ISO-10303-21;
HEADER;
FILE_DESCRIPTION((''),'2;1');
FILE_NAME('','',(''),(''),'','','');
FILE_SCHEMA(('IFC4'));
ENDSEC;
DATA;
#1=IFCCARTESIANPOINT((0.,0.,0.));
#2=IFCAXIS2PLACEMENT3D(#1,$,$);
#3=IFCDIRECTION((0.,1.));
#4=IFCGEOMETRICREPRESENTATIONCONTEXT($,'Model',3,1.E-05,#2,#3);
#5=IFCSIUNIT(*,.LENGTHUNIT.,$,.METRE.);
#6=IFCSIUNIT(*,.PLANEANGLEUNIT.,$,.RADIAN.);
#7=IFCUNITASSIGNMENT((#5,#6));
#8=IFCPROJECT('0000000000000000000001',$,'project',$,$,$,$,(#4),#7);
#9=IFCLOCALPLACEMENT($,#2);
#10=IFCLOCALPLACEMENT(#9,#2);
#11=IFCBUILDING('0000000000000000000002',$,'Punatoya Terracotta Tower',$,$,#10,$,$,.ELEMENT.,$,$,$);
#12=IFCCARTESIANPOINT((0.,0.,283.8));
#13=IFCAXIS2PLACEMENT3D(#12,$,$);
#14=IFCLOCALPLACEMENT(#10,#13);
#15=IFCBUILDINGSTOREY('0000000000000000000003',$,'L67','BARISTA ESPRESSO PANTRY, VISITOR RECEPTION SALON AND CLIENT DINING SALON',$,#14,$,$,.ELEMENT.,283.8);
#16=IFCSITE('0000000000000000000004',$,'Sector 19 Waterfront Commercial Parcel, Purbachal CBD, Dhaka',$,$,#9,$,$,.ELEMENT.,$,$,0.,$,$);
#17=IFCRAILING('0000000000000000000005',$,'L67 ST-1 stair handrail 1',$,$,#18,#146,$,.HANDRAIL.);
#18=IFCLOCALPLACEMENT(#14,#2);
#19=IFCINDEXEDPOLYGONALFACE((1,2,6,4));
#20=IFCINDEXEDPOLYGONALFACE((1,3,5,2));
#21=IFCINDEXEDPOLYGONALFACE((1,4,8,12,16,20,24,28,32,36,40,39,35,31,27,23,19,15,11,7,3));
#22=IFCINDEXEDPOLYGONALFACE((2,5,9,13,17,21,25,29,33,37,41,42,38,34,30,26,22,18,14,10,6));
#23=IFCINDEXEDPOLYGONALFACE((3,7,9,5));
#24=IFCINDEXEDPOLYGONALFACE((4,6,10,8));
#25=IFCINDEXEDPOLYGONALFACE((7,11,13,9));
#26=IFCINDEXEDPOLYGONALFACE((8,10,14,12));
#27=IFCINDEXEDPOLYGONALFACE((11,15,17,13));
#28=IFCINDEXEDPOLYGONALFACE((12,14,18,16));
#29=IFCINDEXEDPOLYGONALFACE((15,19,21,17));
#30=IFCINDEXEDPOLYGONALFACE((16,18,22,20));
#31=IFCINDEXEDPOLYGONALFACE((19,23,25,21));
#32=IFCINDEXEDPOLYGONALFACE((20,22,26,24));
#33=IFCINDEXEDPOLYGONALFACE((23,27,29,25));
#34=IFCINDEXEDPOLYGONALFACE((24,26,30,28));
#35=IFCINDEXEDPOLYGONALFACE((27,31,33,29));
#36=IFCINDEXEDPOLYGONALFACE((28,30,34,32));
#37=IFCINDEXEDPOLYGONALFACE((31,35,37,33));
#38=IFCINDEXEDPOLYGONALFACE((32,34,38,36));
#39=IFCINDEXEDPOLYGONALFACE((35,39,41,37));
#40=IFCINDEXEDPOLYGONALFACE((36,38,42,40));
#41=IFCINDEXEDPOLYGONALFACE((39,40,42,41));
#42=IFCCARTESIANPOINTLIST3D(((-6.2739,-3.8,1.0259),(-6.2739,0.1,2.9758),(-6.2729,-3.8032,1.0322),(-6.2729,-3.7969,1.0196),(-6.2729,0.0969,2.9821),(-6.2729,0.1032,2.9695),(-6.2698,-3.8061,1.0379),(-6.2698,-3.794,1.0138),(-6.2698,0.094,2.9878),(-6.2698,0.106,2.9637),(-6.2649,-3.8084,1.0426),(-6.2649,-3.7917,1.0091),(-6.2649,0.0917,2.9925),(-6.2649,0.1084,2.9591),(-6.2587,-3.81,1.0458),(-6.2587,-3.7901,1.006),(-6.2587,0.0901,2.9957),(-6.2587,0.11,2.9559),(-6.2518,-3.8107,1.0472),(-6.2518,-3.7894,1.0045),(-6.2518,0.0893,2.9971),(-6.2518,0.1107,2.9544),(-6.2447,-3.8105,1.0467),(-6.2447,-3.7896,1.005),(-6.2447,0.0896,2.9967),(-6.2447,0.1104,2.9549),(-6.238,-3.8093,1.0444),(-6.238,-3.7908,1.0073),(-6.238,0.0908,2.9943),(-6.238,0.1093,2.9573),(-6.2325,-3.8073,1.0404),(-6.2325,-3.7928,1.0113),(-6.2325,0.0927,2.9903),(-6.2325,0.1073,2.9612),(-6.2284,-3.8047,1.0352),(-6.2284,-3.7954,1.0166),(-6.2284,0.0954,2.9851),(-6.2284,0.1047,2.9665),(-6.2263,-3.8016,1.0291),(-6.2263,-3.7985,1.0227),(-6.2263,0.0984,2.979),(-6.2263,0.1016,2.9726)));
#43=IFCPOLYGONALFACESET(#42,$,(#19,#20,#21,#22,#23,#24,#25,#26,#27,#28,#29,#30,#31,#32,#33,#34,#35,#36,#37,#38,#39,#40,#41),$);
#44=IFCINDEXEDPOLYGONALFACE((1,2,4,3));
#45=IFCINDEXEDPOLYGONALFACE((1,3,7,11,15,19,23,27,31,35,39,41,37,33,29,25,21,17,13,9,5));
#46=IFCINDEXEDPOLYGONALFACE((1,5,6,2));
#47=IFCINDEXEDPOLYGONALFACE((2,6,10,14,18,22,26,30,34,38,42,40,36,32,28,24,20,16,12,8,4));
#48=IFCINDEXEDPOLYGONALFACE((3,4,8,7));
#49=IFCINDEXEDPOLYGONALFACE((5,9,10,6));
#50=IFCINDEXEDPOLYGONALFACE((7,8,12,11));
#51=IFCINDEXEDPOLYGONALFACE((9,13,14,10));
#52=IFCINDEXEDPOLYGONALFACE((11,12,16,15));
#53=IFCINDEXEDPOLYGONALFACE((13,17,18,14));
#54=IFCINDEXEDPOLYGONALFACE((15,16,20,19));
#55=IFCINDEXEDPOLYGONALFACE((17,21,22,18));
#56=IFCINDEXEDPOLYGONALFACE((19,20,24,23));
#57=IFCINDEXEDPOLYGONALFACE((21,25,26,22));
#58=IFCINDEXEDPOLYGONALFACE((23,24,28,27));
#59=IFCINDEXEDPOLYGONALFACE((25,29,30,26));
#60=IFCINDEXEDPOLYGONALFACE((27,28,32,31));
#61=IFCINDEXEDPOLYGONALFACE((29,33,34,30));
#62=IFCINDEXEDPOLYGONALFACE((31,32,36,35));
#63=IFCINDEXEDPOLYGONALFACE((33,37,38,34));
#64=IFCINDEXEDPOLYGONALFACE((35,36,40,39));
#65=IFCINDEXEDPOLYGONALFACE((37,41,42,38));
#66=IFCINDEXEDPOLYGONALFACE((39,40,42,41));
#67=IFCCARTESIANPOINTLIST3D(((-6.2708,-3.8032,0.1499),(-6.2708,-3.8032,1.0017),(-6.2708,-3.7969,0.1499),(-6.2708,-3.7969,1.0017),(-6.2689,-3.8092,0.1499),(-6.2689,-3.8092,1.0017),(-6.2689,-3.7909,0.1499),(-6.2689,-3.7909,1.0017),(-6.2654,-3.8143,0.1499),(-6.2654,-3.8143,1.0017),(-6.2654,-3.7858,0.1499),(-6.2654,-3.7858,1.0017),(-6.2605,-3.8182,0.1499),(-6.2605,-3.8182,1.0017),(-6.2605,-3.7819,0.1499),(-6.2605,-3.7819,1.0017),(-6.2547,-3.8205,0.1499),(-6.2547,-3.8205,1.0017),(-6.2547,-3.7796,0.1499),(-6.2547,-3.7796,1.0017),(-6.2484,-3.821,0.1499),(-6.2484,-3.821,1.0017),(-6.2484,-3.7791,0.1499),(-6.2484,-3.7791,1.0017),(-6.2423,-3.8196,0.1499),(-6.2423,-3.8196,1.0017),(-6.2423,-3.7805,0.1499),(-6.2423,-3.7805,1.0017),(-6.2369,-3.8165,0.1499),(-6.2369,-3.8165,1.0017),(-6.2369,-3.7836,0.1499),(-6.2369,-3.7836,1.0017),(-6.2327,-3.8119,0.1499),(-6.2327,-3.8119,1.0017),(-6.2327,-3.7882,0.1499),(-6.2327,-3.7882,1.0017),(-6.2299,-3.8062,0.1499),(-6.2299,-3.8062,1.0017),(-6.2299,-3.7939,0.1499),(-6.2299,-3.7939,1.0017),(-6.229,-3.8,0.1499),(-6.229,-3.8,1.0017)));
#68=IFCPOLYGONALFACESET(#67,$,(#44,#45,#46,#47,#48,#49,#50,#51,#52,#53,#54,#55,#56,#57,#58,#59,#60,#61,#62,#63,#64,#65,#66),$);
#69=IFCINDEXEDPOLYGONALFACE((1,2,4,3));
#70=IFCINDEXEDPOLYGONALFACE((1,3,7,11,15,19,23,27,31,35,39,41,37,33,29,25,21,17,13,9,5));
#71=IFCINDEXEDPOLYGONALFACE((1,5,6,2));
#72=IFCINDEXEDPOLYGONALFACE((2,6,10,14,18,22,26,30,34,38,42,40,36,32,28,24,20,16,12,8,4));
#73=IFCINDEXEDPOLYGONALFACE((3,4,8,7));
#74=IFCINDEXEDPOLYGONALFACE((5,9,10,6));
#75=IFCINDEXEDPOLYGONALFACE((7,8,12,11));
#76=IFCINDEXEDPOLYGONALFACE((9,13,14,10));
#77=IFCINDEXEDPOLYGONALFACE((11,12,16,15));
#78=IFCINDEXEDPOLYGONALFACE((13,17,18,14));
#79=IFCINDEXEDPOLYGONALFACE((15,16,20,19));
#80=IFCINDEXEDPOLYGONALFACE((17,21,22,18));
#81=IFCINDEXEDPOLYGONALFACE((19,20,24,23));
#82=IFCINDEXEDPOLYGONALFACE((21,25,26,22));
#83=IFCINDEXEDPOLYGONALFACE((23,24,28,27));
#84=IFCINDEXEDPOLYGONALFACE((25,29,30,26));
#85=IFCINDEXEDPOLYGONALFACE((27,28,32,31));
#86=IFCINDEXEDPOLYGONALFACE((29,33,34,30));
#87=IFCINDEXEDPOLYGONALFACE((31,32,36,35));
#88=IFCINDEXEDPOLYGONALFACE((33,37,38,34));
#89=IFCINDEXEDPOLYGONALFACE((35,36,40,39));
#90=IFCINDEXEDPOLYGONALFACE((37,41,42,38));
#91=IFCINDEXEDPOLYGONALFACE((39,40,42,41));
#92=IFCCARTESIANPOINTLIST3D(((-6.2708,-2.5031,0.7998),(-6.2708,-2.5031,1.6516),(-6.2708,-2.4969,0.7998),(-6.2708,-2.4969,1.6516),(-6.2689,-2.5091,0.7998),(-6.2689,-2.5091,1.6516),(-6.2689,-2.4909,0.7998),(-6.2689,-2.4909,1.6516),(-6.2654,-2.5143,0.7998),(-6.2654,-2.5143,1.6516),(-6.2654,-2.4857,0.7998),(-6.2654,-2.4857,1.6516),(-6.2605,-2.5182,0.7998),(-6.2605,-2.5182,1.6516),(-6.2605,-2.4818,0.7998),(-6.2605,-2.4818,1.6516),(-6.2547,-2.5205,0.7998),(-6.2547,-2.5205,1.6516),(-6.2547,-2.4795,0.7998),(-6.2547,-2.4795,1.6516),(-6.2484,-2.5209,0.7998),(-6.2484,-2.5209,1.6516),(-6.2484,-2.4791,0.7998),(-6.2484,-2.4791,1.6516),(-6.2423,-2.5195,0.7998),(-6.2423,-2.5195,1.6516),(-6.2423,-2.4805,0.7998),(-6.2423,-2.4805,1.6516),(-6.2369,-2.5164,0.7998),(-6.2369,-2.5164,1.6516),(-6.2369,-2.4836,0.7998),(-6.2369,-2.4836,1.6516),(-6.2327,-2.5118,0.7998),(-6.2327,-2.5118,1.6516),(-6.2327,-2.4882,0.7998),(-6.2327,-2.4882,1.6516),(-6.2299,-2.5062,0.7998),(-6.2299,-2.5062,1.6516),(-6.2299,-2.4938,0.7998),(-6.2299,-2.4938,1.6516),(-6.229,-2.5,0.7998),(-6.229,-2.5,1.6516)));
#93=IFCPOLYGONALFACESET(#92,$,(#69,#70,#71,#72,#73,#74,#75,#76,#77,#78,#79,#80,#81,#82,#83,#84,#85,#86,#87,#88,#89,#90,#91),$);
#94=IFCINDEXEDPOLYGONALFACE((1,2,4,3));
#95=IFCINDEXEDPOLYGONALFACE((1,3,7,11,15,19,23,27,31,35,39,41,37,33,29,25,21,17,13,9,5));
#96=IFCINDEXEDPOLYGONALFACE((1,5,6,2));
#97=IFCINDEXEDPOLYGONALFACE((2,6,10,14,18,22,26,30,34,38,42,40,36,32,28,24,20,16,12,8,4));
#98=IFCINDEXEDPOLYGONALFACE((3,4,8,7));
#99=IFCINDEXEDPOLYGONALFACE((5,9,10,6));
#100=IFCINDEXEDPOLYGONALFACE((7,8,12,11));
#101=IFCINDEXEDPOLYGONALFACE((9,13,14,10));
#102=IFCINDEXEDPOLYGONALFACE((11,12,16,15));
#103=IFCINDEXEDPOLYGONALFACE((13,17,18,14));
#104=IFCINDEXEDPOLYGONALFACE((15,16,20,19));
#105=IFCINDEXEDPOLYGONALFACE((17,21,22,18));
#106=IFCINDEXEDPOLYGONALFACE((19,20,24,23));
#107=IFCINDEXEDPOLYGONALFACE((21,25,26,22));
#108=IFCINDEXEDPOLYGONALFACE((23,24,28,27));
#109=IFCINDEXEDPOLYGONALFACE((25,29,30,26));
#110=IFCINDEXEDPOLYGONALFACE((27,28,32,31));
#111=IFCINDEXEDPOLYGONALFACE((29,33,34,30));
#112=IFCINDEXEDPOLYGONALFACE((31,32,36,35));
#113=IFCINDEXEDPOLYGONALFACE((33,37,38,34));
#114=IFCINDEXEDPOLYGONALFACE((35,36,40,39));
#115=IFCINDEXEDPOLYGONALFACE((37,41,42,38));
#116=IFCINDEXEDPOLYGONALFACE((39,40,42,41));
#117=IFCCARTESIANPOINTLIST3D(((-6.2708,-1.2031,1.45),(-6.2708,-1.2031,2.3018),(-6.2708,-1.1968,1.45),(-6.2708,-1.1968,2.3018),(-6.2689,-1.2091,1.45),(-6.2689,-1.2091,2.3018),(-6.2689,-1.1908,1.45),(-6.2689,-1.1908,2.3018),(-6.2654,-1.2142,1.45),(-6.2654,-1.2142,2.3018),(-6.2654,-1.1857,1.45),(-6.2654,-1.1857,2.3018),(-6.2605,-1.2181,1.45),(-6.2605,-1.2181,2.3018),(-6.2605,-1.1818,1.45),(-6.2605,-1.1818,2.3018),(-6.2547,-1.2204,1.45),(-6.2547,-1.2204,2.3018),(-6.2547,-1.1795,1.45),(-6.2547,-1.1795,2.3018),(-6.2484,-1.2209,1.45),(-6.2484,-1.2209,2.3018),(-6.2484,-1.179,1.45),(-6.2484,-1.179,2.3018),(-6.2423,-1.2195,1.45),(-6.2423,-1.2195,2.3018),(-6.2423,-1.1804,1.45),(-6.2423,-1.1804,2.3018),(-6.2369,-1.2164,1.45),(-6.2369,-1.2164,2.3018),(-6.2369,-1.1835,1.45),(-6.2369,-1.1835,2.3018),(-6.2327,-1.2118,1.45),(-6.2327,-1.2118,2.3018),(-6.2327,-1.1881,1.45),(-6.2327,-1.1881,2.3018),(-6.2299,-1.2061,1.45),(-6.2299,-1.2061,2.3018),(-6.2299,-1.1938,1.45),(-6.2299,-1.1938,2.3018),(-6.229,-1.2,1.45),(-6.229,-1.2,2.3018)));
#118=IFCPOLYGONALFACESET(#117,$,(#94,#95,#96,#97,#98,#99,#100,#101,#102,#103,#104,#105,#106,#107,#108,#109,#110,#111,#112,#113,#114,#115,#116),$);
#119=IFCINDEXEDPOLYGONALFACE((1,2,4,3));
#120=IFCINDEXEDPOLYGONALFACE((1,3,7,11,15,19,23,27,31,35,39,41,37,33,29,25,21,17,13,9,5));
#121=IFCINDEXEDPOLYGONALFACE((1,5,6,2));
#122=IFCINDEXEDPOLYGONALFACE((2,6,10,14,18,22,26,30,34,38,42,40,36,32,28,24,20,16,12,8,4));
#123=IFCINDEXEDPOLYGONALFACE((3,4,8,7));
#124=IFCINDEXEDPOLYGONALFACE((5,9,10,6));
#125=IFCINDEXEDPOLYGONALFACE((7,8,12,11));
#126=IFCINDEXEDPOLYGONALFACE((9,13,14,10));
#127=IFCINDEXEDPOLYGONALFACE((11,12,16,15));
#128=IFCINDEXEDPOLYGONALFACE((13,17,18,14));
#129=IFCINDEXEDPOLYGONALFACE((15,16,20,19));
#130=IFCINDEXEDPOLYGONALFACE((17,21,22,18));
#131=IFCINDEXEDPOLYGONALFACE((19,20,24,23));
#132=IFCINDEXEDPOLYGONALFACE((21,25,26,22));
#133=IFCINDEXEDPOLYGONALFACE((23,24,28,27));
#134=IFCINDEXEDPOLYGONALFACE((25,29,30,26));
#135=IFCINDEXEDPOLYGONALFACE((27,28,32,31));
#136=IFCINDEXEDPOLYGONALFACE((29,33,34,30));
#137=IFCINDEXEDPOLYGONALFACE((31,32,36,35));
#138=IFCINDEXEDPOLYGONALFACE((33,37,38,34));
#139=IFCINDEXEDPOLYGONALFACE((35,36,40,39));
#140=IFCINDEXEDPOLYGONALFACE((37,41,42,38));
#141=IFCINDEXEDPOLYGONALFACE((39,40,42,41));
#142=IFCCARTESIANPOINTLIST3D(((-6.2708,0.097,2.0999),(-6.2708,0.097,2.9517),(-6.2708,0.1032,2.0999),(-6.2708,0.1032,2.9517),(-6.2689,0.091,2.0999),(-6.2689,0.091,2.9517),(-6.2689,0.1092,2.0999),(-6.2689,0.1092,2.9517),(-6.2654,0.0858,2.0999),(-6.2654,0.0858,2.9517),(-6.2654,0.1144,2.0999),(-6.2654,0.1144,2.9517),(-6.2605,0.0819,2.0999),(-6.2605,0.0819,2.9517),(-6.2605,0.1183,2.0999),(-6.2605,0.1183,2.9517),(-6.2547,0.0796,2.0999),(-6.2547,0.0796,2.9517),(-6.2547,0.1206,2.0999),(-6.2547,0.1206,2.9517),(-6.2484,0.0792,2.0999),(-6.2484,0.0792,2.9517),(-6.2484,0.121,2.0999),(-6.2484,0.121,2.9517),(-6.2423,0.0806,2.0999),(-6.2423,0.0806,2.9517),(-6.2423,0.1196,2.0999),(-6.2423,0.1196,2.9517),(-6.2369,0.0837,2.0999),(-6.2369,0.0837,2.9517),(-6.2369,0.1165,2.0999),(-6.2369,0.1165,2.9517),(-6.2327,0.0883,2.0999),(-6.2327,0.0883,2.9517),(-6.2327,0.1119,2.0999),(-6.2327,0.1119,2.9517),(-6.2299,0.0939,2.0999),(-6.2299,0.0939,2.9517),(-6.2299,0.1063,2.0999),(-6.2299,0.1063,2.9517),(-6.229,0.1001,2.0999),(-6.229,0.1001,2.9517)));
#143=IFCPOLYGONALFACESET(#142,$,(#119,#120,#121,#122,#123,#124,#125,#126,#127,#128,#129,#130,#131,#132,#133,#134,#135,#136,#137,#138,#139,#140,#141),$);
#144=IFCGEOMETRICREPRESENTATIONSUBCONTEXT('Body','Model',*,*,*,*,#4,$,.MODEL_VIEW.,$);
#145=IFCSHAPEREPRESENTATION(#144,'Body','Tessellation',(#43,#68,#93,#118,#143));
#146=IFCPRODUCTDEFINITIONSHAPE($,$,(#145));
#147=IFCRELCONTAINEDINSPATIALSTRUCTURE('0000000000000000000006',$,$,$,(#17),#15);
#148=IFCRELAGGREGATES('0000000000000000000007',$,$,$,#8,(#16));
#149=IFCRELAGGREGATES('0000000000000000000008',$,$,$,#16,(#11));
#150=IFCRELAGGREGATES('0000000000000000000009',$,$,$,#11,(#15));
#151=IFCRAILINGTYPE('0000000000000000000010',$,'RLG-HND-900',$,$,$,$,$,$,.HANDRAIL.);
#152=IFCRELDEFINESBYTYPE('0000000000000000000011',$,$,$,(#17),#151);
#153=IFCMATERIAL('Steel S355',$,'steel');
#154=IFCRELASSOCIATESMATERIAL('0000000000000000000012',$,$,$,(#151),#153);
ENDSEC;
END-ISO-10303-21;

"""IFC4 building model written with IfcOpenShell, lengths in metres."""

from ifc_helpers import new_model, si_unit, direction, frame, origin, origin_2d, place, context, subcontext, project, spatial, circle, extrude, material, type_object, element, save


model = new_model("IFC4")

# Units and contexts
model_context = context("Model", 3, precision=1e-05, world=origin(), true_north=direction((0.0, 1.0)))
body_context = subcontext(model_context, "Body", "Model", "MODEL_VIEW")
ifc_project = project(units=[si_unit("LENGTHUNIT", "METRE"), si_unit("PLANEANGLEUNIT", "RADIAN")], contexts=[model_context])

# Site, building, storey
site_placement = place(None, origin())
site = spatial("IfcSite", under=ifc_project, at=site_placement, Name="Sector 19 Waterfront Commercial Parcel, Purbachal CBD, Dhaka", CompositionType="ELEMENT", RefElevation=0.0)
building_placement = place(site_placement, origin())
building = spatial("IfcBuilding", under=site, at=building_placement, Name="Punatoya Terracotta Tower", CompositionType="ELEMENT")
storey_placement = place(building_placement, frame((0.0, 0.0, 283.8)))
storey = spatial("IfcBuildingStorey", under=building, at=storey_placement, Name="L67", Description="BARISTA ESPRESSO PANTRY, VISITOR RECEPTION SALON AND CLIENT DINING SALON", CompositionType="ELEMENT", Elevation=283.8)

# Railing
ifc_material_1 = material(Name="Steel S355", Category="steel")
railing_type_1 = type_object("IfcRailingType", Name="RLG-HND-900", PredefinedType="HANDRAIL", material=ifc_material_1)
railing_1_placement = place(storey_placement, frame((-6.25, -3.8, 0.1499)))
element("IfcRailing", 1, at=railing_1_placement, inside=storey, type_object=railing_type_1, Name="L67 ST-1 stair handrail 1", PredefinedType="HANDRAIL", context=body_context, shape_type="SweptSolid", body=[
    extrude(circle(Radius=0.0239, at=origin_2d()), frame((0.0, 0.0, 0.876), z_axis=(0.0, 0.894438, 0.447191), x_axis=(-1.0, 0.0, 0.0)), (0.0, 0.0, 1.0), 4.3604),
    extrude(circle(Radius=0.021, at=origin_2d()), origin(), (0.0, 0.0, 1.0), 0.8518),
    extrude(circle(Radius=0.021, at=origin_2d()), frame((0.0, 1.3, 0.6499)), (0.0, 0.0, 1.0), 0.8518),
    extrude(circle(Radius=0.021, at=origin_2d()), frame((0.0, 2.6001, 1.3)), (0.0, 0.0, 1.0), 0.8518),
    extrude(circle(Radius=0.021, at=origin_2d()), frame((0.0, 3.9001, 1.95)), (0.0, 0.0, 1.0), 0.8518),
])

save(model, "model.ifc")
